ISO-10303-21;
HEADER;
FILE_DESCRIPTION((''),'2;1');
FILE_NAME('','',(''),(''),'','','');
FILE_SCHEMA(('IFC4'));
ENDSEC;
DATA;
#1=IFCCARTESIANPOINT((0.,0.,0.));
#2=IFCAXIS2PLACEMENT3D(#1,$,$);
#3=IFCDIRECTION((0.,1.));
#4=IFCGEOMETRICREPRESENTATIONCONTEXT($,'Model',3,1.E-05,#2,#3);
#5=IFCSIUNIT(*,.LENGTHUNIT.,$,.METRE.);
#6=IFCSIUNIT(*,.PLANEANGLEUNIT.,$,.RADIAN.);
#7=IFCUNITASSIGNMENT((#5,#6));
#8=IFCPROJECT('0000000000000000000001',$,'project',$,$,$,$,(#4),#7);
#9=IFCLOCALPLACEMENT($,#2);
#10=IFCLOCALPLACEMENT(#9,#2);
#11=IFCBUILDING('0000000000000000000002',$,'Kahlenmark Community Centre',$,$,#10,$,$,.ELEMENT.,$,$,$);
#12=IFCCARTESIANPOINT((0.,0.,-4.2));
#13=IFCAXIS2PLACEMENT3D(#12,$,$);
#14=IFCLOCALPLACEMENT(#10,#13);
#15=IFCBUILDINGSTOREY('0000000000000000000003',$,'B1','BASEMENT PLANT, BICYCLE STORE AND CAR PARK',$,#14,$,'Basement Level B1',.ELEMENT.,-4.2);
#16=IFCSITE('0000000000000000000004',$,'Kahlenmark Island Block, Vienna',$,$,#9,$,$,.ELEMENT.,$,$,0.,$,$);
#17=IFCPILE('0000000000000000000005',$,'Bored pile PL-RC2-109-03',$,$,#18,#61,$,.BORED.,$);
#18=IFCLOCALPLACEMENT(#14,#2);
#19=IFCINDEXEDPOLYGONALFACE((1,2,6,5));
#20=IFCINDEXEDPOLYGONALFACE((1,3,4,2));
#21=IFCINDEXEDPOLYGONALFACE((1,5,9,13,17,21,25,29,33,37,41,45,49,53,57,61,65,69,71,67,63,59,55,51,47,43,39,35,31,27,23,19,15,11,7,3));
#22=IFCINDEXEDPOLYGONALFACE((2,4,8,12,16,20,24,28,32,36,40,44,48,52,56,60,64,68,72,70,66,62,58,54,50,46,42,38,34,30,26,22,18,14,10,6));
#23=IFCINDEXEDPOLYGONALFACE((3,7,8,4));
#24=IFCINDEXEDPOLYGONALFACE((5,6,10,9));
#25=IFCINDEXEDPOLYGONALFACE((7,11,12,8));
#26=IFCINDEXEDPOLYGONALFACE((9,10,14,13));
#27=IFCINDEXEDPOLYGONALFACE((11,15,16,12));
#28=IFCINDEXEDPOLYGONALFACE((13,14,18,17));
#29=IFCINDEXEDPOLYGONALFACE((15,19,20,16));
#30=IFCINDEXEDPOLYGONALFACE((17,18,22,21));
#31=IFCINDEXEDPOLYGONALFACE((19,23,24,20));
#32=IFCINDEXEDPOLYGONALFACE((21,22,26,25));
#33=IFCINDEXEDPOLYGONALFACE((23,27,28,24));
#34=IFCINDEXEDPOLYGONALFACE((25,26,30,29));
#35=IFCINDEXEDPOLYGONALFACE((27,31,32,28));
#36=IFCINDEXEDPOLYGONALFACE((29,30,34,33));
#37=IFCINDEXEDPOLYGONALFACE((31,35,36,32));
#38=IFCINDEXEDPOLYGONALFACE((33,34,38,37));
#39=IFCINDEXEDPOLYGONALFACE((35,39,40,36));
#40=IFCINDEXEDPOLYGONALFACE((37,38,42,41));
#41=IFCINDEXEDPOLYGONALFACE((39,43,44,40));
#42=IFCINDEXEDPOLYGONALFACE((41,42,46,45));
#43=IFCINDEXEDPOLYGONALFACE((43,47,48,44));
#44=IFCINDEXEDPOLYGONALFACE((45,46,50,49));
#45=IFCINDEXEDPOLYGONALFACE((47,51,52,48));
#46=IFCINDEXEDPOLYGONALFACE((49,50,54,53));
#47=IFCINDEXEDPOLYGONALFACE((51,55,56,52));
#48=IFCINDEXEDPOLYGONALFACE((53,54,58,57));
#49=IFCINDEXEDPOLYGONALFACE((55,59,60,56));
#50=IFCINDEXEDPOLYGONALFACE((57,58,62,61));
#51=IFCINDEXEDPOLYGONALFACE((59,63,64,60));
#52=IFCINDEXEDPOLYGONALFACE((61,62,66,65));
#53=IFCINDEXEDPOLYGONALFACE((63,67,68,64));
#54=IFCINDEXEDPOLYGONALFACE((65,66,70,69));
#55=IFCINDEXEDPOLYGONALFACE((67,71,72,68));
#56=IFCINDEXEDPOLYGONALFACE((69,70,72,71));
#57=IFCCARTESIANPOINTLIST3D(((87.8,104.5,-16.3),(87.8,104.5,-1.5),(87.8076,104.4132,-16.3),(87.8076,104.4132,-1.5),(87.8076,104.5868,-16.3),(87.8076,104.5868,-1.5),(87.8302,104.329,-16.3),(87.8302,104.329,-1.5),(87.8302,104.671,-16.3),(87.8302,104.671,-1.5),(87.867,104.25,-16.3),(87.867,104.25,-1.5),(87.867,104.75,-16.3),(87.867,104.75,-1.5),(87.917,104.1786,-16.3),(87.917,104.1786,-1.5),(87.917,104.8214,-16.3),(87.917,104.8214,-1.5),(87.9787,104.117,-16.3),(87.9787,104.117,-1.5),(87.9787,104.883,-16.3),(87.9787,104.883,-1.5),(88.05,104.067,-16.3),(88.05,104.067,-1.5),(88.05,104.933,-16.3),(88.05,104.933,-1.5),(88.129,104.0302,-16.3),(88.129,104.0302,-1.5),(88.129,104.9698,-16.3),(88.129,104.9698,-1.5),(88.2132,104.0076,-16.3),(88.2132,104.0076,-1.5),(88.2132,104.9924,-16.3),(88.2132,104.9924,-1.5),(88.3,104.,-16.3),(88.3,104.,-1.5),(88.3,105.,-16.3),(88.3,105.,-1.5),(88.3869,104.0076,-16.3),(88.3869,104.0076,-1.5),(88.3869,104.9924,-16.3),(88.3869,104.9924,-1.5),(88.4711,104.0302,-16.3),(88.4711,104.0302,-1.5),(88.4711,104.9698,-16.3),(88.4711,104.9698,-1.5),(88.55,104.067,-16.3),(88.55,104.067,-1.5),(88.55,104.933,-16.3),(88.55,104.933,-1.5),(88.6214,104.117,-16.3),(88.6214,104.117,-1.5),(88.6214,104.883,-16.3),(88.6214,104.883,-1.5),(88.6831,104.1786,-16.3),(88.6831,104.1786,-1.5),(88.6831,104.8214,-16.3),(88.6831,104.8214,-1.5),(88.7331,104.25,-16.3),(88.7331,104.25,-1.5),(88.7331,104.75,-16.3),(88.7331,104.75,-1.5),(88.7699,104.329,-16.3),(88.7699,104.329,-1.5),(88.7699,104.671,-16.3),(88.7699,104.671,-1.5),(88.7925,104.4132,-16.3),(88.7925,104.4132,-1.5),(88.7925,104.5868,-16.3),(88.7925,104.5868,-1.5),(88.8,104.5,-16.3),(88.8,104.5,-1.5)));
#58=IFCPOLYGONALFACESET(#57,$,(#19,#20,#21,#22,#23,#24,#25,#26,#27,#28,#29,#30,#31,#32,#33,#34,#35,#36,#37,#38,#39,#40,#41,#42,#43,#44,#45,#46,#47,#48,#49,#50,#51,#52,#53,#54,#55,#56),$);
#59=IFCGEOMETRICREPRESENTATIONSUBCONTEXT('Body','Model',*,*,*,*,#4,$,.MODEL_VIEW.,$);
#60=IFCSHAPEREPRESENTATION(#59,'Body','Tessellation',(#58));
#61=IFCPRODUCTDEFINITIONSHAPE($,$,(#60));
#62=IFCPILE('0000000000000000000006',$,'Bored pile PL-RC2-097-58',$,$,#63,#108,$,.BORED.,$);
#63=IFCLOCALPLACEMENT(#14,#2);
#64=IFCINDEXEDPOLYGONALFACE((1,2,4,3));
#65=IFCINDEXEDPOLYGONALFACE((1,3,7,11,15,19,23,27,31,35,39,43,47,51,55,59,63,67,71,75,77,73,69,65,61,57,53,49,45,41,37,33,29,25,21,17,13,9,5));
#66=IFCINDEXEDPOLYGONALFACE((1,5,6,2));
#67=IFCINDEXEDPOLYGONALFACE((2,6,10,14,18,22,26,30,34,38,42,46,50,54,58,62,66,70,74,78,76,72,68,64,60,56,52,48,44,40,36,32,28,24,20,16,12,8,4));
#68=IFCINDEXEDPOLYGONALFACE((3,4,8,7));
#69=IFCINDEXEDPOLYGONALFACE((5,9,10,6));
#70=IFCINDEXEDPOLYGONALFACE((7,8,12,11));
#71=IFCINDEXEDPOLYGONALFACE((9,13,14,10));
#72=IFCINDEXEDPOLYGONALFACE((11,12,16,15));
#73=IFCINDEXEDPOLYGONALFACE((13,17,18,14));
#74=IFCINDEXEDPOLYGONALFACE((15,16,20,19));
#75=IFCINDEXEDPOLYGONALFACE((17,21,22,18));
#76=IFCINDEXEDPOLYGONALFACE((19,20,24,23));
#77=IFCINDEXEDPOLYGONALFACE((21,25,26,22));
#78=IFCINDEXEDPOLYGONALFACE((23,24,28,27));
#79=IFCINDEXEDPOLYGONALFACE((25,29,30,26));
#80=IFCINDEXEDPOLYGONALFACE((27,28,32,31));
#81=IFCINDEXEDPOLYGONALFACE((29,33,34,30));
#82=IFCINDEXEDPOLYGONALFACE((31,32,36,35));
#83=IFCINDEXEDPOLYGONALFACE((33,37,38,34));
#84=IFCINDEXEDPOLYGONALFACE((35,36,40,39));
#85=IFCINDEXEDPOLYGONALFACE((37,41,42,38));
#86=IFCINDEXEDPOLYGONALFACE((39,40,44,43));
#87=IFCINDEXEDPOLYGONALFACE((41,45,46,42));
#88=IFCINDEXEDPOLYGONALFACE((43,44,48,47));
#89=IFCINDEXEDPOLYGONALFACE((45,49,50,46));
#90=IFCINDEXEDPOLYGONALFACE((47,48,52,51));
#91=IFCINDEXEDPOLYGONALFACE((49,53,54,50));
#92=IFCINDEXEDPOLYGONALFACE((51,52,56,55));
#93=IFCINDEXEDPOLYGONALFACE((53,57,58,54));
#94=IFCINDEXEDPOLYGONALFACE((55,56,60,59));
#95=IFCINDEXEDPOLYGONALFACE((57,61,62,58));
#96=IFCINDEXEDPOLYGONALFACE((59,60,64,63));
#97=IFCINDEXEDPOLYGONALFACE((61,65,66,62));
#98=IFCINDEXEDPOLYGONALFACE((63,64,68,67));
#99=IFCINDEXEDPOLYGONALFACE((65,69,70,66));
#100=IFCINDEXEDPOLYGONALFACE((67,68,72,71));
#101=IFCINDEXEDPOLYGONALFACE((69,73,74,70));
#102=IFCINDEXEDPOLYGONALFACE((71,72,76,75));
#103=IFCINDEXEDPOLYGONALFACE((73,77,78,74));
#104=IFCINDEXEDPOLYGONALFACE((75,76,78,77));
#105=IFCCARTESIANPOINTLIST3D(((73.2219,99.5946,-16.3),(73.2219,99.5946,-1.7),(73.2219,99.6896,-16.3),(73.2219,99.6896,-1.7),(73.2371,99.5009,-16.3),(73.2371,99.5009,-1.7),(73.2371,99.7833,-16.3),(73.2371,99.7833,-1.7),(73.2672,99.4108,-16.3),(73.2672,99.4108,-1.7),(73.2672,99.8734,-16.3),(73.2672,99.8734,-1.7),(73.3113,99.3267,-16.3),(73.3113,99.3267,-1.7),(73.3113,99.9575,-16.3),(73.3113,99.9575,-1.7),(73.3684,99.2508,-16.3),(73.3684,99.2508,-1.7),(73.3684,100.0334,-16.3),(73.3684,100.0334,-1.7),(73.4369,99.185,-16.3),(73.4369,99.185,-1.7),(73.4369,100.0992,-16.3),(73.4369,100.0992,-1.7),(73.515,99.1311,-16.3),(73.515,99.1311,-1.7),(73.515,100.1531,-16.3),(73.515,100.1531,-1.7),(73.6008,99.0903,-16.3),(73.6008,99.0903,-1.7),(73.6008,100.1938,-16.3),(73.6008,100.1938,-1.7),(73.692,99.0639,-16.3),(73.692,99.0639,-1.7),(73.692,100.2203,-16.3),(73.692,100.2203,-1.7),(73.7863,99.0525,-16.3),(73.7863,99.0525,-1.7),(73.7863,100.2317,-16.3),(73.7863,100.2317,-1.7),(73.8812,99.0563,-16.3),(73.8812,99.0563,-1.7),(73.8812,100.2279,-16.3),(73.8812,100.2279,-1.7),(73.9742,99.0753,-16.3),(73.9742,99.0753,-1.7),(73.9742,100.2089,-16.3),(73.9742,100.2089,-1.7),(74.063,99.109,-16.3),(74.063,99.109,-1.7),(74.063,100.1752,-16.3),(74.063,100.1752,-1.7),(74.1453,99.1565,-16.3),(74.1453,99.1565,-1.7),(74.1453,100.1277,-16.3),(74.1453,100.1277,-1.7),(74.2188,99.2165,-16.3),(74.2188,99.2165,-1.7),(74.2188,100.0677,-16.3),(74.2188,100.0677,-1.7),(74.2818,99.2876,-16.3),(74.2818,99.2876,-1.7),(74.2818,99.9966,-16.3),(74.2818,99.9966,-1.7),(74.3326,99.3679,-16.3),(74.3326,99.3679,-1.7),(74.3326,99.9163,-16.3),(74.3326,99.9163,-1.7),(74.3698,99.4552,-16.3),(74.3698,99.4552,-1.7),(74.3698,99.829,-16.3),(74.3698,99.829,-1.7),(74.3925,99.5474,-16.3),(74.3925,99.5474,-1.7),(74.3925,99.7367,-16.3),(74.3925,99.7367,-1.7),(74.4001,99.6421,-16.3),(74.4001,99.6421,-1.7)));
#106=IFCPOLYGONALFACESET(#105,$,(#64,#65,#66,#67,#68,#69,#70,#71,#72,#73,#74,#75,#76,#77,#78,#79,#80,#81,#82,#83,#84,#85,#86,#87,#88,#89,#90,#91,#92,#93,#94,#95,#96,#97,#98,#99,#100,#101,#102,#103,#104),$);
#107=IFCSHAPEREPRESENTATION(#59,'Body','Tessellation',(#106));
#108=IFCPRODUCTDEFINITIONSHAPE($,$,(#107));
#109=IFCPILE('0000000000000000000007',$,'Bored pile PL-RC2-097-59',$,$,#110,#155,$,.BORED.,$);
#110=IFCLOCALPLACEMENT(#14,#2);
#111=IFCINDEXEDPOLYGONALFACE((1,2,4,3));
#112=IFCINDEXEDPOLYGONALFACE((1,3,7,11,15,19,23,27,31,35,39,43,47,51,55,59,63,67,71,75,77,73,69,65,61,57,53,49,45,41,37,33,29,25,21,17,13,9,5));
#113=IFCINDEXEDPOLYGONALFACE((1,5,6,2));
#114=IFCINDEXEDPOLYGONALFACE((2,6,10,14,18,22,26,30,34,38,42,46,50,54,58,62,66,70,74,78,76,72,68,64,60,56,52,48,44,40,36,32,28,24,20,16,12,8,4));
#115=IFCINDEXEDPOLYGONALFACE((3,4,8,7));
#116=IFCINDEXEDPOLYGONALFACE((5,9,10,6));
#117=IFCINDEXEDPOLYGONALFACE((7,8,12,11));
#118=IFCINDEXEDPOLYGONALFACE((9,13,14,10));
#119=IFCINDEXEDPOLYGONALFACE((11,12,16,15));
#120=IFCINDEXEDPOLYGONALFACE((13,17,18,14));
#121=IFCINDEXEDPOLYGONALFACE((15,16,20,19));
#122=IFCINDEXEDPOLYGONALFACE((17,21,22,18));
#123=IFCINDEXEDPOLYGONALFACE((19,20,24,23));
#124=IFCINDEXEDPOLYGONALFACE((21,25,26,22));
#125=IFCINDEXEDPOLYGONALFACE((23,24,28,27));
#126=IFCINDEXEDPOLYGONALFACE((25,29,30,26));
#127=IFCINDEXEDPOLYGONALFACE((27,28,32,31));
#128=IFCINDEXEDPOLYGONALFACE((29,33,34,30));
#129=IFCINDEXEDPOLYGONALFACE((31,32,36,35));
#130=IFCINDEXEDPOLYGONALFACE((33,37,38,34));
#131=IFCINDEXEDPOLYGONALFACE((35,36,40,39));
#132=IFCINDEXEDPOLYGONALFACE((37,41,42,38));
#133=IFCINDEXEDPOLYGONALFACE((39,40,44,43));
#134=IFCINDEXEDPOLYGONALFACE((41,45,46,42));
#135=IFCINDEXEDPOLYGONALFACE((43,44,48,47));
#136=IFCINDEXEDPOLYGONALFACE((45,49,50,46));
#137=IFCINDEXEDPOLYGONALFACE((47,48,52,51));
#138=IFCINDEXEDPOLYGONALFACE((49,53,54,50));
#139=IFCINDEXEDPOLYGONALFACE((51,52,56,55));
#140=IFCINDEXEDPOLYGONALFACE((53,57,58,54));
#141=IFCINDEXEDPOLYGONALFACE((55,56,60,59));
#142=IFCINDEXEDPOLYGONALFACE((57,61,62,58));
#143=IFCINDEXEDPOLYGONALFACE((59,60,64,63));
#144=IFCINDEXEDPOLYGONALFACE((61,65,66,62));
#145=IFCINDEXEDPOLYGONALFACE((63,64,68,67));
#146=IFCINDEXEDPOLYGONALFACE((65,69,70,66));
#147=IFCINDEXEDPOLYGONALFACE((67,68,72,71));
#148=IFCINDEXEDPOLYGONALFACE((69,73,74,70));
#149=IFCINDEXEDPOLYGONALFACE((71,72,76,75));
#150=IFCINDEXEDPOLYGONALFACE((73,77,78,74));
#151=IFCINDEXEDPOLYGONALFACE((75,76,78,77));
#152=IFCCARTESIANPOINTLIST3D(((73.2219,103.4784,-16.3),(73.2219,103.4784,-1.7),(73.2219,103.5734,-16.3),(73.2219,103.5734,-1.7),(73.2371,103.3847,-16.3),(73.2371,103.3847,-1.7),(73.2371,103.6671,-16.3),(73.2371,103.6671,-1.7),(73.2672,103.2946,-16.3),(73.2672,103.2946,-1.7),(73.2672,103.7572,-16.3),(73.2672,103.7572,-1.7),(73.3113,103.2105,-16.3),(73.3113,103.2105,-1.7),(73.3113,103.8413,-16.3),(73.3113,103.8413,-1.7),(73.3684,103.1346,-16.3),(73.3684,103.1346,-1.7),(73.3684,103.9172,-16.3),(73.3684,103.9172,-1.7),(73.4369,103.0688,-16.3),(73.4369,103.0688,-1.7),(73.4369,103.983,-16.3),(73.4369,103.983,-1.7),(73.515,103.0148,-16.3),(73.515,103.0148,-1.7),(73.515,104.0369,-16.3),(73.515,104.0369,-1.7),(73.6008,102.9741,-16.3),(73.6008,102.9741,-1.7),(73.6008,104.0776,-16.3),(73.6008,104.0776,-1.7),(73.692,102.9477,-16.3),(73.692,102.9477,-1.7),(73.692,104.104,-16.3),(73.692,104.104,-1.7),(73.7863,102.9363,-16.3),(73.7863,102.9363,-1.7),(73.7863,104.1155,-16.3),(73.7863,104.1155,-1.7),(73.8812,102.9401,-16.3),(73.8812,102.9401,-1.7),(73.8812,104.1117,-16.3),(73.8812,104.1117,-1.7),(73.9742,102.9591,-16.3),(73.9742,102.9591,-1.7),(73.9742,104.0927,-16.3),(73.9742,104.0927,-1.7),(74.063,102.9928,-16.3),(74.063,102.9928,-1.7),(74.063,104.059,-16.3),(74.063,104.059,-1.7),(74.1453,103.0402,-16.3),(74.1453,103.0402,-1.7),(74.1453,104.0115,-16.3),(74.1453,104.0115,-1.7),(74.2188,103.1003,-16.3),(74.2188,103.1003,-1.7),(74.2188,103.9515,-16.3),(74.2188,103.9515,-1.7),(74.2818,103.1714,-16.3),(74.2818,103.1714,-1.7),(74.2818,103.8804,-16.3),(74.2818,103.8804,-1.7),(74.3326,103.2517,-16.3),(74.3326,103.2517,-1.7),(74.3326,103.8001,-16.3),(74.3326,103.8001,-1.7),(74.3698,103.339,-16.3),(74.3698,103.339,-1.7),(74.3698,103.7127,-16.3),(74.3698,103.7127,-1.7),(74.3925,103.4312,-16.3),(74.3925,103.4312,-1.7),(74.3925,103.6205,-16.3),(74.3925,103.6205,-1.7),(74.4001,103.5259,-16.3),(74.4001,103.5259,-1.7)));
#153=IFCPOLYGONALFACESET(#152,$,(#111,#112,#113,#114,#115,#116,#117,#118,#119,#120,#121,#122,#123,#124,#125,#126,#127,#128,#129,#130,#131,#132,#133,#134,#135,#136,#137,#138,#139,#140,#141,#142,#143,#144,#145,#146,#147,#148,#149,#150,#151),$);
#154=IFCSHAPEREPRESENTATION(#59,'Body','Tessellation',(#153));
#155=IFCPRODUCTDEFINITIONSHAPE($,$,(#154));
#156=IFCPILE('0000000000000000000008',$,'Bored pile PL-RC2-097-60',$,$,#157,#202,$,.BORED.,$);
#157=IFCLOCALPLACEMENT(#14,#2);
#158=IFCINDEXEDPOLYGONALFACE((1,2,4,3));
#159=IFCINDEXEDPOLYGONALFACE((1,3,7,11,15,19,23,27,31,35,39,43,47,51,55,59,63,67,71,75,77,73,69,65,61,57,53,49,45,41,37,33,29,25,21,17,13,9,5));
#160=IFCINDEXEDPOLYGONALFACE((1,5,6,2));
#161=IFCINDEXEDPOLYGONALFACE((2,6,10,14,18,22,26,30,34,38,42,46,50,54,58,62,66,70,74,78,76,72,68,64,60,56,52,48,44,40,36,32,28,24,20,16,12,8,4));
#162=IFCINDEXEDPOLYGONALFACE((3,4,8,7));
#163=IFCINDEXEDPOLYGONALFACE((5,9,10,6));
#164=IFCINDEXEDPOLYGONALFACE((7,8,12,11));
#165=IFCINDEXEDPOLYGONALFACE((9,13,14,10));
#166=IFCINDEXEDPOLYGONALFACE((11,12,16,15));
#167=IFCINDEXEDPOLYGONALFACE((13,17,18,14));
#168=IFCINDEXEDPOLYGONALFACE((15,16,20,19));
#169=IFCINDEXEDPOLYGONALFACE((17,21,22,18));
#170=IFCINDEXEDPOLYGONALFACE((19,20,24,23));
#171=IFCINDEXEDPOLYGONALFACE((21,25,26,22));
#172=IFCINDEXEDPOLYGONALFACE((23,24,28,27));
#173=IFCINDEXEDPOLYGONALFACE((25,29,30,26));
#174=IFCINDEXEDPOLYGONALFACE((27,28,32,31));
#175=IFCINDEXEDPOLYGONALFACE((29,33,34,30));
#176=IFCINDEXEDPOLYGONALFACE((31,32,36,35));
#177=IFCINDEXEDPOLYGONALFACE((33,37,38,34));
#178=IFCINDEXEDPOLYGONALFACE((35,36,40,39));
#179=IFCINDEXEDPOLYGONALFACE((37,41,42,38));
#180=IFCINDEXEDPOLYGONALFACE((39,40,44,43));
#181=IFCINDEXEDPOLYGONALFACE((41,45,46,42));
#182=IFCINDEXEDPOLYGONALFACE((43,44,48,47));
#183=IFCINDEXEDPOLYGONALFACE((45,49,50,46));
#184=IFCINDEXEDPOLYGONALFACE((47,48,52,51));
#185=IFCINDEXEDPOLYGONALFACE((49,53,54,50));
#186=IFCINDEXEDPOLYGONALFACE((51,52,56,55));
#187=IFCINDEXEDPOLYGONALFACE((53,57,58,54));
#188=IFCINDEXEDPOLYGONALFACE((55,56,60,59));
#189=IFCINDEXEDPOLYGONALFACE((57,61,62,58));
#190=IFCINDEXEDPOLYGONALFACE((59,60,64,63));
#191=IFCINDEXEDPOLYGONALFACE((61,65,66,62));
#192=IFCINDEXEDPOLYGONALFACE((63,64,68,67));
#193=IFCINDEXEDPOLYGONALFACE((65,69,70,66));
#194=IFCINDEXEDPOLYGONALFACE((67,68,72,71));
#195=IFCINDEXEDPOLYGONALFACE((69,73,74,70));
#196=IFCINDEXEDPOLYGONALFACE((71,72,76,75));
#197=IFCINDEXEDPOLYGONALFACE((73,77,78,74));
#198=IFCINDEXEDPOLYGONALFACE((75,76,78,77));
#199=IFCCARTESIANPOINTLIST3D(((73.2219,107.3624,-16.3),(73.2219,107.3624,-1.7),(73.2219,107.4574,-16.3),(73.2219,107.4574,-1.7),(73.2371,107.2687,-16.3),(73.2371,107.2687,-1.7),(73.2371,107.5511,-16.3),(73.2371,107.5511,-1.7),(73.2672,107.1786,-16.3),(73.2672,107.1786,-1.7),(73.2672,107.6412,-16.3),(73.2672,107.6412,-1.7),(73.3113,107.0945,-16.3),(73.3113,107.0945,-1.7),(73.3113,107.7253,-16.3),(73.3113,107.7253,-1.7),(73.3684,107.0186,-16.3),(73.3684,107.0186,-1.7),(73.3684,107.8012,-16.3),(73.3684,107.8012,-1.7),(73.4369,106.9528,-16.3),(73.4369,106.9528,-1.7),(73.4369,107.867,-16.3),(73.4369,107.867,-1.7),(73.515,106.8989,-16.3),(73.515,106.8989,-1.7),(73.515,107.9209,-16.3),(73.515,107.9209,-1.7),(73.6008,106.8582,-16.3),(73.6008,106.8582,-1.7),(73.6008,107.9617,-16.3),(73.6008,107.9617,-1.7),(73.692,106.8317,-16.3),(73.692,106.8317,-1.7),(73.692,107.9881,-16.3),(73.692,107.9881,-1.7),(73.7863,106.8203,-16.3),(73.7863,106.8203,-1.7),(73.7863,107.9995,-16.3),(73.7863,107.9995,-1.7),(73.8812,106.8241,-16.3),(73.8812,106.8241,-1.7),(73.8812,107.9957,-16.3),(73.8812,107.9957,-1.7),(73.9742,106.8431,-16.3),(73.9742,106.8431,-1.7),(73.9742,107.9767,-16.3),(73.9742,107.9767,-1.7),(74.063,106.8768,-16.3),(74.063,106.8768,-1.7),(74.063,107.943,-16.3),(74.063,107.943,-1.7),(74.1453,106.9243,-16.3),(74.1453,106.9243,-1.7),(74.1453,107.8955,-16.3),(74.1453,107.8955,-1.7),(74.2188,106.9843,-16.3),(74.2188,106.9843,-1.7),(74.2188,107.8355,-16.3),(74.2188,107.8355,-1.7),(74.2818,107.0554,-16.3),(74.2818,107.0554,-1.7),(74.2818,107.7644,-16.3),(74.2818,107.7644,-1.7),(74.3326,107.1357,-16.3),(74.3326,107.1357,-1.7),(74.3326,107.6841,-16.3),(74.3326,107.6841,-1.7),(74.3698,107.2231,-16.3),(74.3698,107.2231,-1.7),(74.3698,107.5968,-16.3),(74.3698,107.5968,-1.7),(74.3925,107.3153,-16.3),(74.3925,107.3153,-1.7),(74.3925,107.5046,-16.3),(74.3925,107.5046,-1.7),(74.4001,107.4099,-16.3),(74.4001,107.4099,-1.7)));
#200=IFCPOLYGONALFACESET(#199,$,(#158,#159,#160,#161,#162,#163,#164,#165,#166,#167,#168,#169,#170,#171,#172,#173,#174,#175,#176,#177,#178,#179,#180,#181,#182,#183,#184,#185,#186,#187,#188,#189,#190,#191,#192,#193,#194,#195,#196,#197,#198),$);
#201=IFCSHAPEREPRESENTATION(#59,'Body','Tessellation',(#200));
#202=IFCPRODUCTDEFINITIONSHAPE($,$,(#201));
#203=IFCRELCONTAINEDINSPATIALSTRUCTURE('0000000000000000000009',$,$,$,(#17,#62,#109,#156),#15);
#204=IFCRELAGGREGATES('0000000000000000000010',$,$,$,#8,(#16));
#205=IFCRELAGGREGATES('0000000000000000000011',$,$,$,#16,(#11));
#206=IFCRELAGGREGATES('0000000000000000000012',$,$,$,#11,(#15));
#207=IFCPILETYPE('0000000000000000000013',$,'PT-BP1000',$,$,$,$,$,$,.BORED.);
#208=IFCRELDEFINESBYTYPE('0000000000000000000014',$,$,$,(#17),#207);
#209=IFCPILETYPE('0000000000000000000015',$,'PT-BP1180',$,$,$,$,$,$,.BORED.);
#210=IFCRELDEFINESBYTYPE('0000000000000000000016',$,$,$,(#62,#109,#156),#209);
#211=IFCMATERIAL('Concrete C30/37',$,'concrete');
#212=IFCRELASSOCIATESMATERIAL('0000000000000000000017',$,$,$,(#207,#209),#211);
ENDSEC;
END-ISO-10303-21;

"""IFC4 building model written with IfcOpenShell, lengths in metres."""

from ifc_helpers import new_model, si_unit, direction, frame, origin, origin_2d, place, context, subcontext, project, spatial, circle, extrude, material, material_profile, profile_set, type_object, element, save


model = new_model("IFC4")

# Units and contexts
model_context = context("Model", 3, precision=1e-05, world=origin(), true_north=direction((0.0, 1.0)))
body_context = subcontext(model_context, "Body", "Model", "MODEL_VIEW")
ifc_project = project(units=[si_unit("LENGTHUNIT", "METRE"), si_unit("PLANEANGLEUNIT", "RADIAN")], contexts=[model_context])

# Site, building, storey
site_placement = place(None, origin())
site = spatial("IfcSite", under=ifc_project, at=site_placement, Name="Kahlenmark Island Block, Vienna", CompositionType="ELEMENT", RefElevation=0.0)
building_placement = place(site_placement, origin())
building = spatial("IfcBuilding", under=site, at=building_placement, Name="Kahlenmark Community Centre", CompositionType="ELEMENT")
storey_placement = place(building_placement, frame((0.0, 0.0, -4.2)))
storey = spatial("IfcBuildingStorey", under=building, at=storey_placement, Name="B1", Description="BASEMENT PLANT, BICYCLE STORE AND CAR PARK", LongName="Basement Level B1", CompositionType="ELEMENT", Elevation=-4.2)

# Shared definitions
ifc_material_1 = material(Name="Concrete C30/37", Category="concrete")

# Piles
ifc_material_profile_1 = material_profile(ifc_material_1, circle(Radius=0.5, at=origin_2d()), Name="BORED PILE 1000")
ifc_profile_set_1 = profile_set([ifc_material_profile_1], Name="Concrete C30/37")
pile_type_1 = type_object("IfcPileType", Name="PT-BP1000", PredefinedType="BORED", material=ifc_profile_set_1)
for number, where, z_axis, x_axis, name in (
    (1, (88.3, 104.5, -1.5), (0.0, 0.0, -1.0), (1.0, 0.0, 0.0), "Bored pile PL-RC2-109-03"),
):
    element("IfcPile", number, at=place(storey_placement, frame(where, z_axis=z_axis, x_axis=x_axis)), inside=storey, type_object=pile_type_1, Name=name, PredefinedType="BORED", context=body_context, shape_type="SweptSolid", body=[
        extrude(circle(Radius=0.5, at=origin_2d()), origin(), (0.0, 0.0, 1.0), 14.8),
    ])
ifc_material_profile_2 = material_profile(ifc_material_1, circle(Radius=0.5901, at=origin_2d()), Name="BORED PILE 1180")
ifc_profile_set_2 = profile_set([ifc_material_profile_2], Name="Concrete C30/37")
pile_type_2 = type_object("IfcPileType", Name="PT-BP1180", PredefinedType="BORED", material=ifc_profile_set_2)
for number, where, z_axis, x_axis, name in (
    (2, (73.8101, 99.6421, -1.7), (0.0, 0.0, -1.0), (1.0, 0.0, 0.0), "Bored pile PL-RC2-097-58"),
    (3, (73.8101, 103.5259, -1.7), (0.0, 0.0, -1.0), (1.0, 0.0, 0.0), "Bored pile PL-RC2-097-59"),
    (4, (73.8101, 107.4099, -1.7), (0.0, 0.0, -1.0), (1.0, 0.0, 0.0), "Bored pile PL-RC2-097-60"),
):
    element("IfcPile", number, at=place(storey_placement, frame(where, z_axis=z_axis, x_axis=x_axis)), inside=storey, type_object=pile_type_2, Name=name, PredefinedType="BORED", context=body_context, shape_type="SweptSolid", body=[
        extrude(circle(Radius=0.5901, at=origin_2d()), origin(), (0.0, 0.0, 1.0), 14.6001),
    ])

save(model, "model.ifc")
